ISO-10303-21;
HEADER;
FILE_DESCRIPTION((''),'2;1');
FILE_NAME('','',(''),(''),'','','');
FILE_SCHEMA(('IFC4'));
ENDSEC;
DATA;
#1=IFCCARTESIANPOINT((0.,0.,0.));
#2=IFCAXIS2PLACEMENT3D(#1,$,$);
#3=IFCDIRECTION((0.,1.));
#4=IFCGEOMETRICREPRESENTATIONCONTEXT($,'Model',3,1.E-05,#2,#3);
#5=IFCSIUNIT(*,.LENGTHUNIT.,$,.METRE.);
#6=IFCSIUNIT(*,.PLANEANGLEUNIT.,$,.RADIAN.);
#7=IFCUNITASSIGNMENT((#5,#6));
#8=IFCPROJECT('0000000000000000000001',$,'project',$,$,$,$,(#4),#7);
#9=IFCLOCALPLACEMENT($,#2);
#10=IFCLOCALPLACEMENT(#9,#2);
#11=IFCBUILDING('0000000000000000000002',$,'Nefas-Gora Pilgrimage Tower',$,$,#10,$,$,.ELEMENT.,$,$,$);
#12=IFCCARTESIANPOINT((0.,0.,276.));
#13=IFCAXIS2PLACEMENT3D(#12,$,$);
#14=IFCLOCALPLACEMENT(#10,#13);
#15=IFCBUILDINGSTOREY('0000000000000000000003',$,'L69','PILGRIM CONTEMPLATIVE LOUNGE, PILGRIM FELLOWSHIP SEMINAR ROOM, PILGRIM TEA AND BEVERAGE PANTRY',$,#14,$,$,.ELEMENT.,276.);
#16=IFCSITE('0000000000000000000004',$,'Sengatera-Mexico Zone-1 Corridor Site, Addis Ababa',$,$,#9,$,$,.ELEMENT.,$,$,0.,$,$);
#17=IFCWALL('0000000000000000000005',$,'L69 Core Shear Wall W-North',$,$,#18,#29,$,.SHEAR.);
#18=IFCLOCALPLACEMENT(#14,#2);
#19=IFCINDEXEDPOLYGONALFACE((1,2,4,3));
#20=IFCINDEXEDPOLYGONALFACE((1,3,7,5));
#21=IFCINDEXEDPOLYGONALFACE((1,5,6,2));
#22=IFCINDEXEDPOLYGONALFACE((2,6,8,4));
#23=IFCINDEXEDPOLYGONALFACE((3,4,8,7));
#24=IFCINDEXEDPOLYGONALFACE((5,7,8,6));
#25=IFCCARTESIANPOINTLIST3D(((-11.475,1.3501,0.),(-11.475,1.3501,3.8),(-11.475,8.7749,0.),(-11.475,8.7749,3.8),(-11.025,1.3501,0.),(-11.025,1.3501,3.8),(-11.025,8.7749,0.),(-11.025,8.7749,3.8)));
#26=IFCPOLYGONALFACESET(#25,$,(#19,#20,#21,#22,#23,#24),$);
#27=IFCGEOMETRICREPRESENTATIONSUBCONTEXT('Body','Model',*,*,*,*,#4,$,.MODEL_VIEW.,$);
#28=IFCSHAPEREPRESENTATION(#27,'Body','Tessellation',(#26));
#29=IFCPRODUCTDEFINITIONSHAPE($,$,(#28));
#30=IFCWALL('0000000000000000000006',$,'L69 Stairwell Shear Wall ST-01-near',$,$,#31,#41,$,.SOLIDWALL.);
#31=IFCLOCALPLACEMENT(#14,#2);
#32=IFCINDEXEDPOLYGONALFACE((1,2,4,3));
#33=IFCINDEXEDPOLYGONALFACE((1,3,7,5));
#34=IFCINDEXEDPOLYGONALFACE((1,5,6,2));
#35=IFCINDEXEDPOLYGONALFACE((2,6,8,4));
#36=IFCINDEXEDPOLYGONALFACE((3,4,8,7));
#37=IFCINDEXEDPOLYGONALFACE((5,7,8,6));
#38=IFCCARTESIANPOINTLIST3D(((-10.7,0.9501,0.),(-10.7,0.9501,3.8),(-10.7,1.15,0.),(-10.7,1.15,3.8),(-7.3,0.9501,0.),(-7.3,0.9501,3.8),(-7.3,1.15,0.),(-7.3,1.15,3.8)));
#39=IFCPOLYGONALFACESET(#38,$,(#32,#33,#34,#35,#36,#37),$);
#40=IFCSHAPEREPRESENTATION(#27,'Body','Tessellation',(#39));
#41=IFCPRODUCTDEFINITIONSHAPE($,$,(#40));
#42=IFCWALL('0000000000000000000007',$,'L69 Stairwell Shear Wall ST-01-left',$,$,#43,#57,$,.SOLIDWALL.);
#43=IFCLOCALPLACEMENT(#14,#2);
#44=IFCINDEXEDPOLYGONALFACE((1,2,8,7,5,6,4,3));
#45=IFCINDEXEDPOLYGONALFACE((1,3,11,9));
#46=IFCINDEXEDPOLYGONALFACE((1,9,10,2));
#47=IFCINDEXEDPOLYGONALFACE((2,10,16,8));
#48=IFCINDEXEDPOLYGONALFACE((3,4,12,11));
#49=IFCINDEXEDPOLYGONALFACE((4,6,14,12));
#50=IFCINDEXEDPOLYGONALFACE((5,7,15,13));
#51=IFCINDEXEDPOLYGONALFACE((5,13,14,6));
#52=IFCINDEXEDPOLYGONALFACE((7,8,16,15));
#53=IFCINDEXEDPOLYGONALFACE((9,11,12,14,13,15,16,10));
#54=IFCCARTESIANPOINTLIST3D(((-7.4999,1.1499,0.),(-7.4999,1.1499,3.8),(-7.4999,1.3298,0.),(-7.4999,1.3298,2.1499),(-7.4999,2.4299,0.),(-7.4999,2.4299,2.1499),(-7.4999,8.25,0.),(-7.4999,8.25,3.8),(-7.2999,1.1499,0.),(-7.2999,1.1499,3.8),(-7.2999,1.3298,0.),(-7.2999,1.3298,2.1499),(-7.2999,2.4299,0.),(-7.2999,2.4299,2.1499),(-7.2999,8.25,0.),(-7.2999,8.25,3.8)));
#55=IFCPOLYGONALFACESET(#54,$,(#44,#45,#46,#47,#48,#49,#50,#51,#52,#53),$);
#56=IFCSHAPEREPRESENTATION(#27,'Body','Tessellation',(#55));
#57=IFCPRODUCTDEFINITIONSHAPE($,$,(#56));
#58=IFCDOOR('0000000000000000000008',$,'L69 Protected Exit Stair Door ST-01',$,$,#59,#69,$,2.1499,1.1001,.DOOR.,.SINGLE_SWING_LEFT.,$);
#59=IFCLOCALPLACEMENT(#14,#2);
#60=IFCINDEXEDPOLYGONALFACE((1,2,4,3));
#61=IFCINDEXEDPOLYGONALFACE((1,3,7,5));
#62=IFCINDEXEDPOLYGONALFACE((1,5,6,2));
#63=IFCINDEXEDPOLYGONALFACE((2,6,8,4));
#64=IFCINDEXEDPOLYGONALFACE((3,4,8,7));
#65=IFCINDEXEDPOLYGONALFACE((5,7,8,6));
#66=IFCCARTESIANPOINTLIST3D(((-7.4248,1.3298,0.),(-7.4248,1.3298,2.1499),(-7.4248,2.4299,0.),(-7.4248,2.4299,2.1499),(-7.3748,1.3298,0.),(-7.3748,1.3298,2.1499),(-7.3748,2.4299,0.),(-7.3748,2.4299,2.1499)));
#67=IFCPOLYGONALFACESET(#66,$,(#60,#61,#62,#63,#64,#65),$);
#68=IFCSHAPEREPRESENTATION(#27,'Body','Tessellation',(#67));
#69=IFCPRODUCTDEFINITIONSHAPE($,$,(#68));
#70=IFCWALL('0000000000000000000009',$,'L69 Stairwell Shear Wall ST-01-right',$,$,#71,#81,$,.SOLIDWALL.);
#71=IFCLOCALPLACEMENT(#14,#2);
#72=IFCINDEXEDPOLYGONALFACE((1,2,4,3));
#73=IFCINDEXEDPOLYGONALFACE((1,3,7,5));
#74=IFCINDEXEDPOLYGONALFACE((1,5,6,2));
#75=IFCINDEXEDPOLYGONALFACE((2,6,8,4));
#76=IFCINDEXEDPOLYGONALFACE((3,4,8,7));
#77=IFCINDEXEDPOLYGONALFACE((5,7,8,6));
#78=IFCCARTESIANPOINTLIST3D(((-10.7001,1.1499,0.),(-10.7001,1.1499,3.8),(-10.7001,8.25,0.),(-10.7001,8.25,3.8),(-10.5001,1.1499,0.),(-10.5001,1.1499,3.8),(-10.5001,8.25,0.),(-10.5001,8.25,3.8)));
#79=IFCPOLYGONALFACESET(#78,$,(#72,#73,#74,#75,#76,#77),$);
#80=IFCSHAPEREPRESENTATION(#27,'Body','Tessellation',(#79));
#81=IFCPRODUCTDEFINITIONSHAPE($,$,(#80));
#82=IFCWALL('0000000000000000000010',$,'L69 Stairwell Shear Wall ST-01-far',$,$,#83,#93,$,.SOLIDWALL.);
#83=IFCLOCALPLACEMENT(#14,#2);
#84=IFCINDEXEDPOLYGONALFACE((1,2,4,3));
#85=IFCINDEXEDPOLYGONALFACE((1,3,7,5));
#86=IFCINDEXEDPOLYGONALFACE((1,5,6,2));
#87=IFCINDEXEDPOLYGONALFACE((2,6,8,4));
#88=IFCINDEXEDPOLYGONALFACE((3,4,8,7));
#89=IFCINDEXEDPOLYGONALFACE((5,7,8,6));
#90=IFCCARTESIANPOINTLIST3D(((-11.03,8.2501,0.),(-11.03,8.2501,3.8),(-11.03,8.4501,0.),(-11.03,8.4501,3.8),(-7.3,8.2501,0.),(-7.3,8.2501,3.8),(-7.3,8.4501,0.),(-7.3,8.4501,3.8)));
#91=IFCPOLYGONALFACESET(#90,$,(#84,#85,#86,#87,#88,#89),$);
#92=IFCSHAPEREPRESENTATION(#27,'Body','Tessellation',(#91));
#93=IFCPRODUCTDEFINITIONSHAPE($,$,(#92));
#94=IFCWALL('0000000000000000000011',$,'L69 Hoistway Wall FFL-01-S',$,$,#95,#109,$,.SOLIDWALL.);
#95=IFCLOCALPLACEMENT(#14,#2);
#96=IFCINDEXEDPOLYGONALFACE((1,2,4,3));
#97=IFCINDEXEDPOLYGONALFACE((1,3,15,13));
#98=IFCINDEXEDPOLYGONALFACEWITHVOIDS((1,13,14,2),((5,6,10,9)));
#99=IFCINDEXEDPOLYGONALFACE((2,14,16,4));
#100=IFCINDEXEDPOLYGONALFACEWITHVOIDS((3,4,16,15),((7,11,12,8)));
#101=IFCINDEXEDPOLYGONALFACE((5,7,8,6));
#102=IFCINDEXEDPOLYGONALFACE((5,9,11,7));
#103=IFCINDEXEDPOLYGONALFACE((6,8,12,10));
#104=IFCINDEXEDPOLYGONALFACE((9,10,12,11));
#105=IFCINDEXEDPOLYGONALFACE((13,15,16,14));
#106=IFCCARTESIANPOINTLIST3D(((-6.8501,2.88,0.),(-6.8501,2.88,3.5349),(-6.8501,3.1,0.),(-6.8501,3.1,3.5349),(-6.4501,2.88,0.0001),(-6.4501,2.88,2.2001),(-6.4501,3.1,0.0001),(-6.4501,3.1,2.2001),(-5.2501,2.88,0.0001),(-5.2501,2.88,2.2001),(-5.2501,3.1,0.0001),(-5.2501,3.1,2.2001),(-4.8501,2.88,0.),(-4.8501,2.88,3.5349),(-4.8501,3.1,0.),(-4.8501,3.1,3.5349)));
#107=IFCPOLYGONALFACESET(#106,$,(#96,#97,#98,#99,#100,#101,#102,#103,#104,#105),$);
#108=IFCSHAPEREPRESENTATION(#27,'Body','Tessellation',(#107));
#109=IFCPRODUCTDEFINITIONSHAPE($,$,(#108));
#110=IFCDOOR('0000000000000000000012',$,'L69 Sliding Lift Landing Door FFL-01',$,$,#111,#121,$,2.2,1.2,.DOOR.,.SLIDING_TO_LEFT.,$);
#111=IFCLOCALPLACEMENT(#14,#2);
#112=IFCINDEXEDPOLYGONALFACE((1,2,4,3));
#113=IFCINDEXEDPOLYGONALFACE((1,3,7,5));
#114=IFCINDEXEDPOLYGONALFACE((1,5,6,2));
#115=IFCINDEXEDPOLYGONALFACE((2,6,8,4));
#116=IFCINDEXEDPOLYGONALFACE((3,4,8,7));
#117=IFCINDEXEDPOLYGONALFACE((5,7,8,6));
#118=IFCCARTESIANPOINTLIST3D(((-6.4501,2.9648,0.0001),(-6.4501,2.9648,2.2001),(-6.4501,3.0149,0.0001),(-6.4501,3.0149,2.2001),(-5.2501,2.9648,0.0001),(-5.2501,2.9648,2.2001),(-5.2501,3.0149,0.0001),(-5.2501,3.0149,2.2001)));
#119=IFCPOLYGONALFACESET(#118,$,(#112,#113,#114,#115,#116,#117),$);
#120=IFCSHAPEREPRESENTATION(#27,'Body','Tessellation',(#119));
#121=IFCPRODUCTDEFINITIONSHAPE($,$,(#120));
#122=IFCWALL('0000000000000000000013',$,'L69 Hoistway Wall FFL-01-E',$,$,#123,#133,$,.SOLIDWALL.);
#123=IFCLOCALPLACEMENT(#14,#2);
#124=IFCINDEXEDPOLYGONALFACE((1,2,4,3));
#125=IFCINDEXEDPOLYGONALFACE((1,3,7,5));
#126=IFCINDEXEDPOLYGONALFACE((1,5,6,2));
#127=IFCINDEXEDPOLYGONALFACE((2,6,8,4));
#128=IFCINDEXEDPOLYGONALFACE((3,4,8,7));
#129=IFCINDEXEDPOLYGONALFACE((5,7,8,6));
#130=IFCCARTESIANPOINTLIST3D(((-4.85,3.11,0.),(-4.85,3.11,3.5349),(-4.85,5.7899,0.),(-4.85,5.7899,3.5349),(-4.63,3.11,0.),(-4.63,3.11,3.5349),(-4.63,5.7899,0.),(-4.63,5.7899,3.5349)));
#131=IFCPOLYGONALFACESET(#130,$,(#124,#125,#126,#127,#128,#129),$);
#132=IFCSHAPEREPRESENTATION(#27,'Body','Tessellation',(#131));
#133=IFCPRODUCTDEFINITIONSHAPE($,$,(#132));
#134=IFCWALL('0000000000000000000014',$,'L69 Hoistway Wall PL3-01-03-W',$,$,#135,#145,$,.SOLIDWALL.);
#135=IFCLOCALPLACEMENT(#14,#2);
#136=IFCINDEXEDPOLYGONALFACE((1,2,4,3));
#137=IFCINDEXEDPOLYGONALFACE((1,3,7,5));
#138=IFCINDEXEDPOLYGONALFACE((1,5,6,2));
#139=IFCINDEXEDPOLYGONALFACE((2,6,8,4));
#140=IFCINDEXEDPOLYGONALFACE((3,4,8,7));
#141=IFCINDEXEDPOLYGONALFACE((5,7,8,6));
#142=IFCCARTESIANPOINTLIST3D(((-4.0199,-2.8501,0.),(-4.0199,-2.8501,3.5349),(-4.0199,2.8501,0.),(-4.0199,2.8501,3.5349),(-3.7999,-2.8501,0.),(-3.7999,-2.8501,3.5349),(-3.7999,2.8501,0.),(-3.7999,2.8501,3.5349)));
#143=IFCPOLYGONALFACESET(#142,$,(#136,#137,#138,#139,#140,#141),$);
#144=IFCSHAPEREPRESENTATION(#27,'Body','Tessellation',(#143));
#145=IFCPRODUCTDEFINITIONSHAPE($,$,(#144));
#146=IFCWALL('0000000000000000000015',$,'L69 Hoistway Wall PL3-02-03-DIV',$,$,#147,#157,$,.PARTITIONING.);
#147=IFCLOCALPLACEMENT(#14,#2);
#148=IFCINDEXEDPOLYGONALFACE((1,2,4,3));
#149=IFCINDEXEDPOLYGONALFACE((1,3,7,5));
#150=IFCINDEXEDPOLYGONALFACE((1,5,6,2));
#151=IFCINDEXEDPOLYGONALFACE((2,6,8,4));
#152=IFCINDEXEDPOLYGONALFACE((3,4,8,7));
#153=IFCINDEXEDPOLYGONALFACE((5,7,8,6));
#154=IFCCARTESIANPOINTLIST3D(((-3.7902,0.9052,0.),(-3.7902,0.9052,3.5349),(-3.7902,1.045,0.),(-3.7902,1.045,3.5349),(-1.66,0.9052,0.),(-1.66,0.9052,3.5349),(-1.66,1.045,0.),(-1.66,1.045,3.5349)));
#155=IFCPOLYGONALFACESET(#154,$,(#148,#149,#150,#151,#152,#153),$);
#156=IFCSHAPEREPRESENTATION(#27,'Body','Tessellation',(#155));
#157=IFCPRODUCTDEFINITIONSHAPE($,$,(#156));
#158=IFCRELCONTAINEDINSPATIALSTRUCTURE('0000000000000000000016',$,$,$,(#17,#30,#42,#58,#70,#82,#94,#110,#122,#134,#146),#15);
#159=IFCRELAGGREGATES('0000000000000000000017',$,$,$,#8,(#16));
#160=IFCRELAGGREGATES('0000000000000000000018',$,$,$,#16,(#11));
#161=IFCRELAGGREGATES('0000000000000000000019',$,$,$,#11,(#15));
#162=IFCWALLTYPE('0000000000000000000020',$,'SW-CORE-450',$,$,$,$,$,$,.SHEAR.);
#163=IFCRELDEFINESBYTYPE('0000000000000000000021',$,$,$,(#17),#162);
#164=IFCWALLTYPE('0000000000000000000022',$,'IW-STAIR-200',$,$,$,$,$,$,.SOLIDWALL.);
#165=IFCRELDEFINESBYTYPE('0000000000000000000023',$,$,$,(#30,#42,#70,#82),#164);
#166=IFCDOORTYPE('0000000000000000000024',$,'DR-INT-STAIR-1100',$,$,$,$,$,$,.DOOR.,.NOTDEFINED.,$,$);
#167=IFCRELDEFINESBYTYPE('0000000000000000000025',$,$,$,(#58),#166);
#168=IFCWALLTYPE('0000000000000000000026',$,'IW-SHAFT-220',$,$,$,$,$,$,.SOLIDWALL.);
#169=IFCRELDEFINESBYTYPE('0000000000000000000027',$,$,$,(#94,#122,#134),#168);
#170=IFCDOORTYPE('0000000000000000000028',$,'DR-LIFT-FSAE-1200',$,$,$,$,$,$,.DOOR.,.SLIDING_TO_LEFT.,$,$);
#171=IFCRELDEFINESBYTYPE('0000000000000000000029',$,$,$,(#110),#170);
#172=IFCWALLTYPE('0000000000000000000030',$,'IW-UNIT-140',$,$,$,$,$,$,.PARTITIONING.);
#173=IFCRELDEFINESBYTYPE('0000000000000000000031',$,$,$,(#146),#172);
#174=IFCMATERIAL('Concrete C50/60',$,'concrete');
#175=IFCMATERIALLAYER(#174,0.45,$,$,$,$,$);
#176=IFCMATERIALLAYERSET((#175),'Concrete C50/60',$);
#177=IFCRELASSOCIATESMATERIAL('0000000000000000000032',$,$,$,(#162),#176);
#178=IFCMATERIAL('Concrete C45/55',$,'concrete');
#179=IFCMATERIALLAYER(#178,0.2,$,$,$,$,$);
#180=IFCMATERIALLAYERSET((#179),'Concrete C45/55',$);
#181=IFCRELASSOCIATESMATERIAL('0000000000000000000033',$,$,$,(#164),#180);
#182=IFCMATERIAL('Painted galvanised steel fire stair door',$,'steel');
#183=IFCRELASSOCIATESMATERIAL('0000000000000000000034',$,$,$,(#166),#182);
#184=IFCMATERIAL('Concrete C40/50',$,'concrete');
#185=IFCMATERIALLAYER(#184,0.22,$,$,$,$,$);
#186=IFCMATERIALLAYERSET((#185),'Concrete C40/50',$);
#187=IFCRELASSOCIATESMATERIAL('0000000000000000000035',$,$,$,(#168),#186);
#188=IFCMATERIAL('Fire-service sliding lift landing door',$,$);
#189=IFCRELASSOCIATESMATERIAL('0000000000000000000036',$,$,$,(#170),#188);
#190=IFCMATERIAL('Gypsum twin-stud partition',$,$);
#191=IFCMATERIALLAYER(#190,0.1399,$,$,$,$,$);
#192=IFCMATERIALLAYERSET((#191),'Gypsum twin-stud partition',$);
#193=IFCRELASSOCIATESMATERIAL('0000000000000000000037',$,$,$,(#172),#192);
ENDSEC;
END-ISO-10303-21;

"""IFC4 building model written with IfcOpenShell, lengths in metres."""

from ifc_helpers import new_model, si_unit, direction, frame, frame_2d, origin, place, context, subcontext, project, spatial, rectangle, extrude, source, transform, mapped, material, layer, layer_set, type_object, element, fill, save


model = new_model("IFC4")

# Units and contexts
model_context = context("Model", 3, precision=1e-05, world=origin(), true_north=direction((0.0, 1.0)))
body_context = subcontext(model_context, "Body", "Model", "MODEL_VIEW")
ifc_project = project(units=[si_unit("LENGTHUNIT", "METRE"), si_unit("PLANEANGLEUNIT", "RADIAN")], contexts=[model_context])

# Site, building, storey
site_placement = place(None, origin())
site = spatial("IfcSite", under=ifc_project, at=site_placement, Name="Sengatera-Mexico Zone-1 Corridor Site, Addis Ababa", CompositionType="ELEMENT", RefElevation=0.0)
building_placement = place(site_placement, origin())
building = spatial("IfcBuilding", under=site, at=building_placement, Name="Nefas-Gora Pilgrimage Tower", CompositionType="ELEMENT")
storey_placement = place(building_placement, frame((0.0, 0.0, 276.0)))
storey = spatial("IfcBuildingStorey", under=building, at=storey_placement, Name="L69", Description="PILGRIM CONTEMPLATIVE LOUNGE, PILGRIM FELLOWSHIP SEMINAR ROOM, PILGRIM TEA AND BEVERAGE PANTRY", CompositionType="ELEMENT", Elevation=276.0)

# Walls
ifc_material_1 = material(Name="Concrete C50/60", Category="concrete")
ifc_layer_1 = layer(ifc_material_1, 0.45)
ifc_layer_set_1 = layer_set([ifc_layer_1], Name="Concrete C50/60")
wall_type_1 = type_object("IfcWallType", Name="SW-CORE-450", PredefinedType="SHEAR", material=ifc_layer_set_1)
shared_shape_1 = source(origin(), body_context, "Body", "SweptSolid", [
    extrude(rectangle(XDim=7.4248, YDim=0.45, at=frame_2d((3.7124, 0.0))), origin(), (0.0, 0.0, 1.0), 3.8),
])
wall_1_placement = place(storey_placement, frame((-11.25, 1.3501, 0.0), z_axis=(0.0, 0.0, 1.0), x_axis=(0.0, 1.0, 0.0)))
element("IfcWall", 1, at=wall_1_placement, inside=storey, type_object=wall_type_1, Name="L69 Core Shear Wall W-North", PredefinedType="SHEAR", context=body_context, shape_type="MappedRepresentation", body=[
    mapped(shared_shape_1, transform((0.0, 0.0, 0.0), x_axis=(1.0, 0.0, 0.0), y_axis=(0.0, 1.0, 0.0), z_axis=(0.0, 0.0, 1.0), scale=1.0)),
])
ifc_material_2 = material(Name="Concrete C45/55", Category="concrete")
ifc_layer_2 = layer(ifc_material_2, 0.2)
ifc_layer_set_2 = layer_set([ifc_layer_2], Name="Concrete C45/55")
wall_type_2 = type_object("IfcWallType", Name="IW-STAIR-200", PredefinedType="SOLIDWALL", material=ifc_layer_set_2)
shared_shape_2 = source(origin(), body_context, "Body", "SweptSolid", [
    extrude(rectangle(XDim=3.3999, YDim=0.2, at=frame_2d((1.7, 0.0))), origin(), (0.0, 0.0, 1.0), 3.8),
])
wall_2_placement = place(storey_placement, frame((-7.3, 1.05, 0.0), z_axis=(0.0, 0.0, 1.0), x_axis=(-1.0, 0.0, 0.0)))
element("IfcWall", 2, at=wall_2_placement, inside=storey, type_object=wall_type_2, Name="L69 Stairwell Shear Wall ST-01-near", PredefinedType="SOLIDWALL", context=body_context, shape_type="MappedRepresentation", body=[
    mapped(shared_shape_2, transform((0.0, 0.0, 0.0), x_axis=(1.0, 0.0, 0.0), y_axis=(0.0, 1.0, 0.0), z_axis=(0.0, 0.0, 1.0), scale=1.0)),
])

# Wall, opening, door
shared_shape_3 = source(origin(), body_context, "Body", "SweptSolid", [
    extrude(rectangle(XDim=7.1001, YDim=0.2, at=frame_2d((3.55, 0.0))), origin(), (0.0, 0.0, 1.0), 3.8),
])
wall_3_placement = place(storey_placement, frame((-7.3999, 1.1499, 0.0), z_axis=(0.0, 0.0, 1.0), x_axis=(0.0, 1.0, 0.0)))
wall_3 = element("IfcWall", 3, at=wall_3_placement, inside=storey, type_object=wall_type_2, Name="L69 Stairwell Shear Wall ST-01-left", PredefinedType="SOLIDWALL", context=body_context, shape_type="MappedRepresentation", body=[
    mapped(shared_shape_3, transform((0.0, 0.0, 0.0), x_axis=(1.0, 0.0, 0.0), y_axis=(0.0, 1.0, 0.0), z_axis=(0.0, 0.0, 1.0), scale=1.0)),
])
opening_1_placement = place(wall_3_placement, frame((0.1799, 0.0, 0.0)))
opening_1 = element("IfcOpeningElement", 4, at=opening_1_placement, cuts=wall_3, PredefinedType="OPENING", context=body_context, shape_type="SweptSolid", body=[
    extrude(rectangle(XDim=1.1001, YDim=2.1499, at=frame_2d((0.55, 1.075))), frame((0.0, 0.1099, 0.0), z_axis=(0.0, -1.0, 0.0), x_axis=(1.0, 0.0, 0.0)), (0.0, 0.0, 1.0), 0.22),
])
ifc_material_3 = material(Name="Painted galvanised steel fire stair door", Category="steel")
door_type_1 = type_object("IfcDoorType", Name="DR-INT-STAIR-1100", OperationType="NOTDEFINED", PredefinedType="DOOR", material=ifc_material_3)
shared_shape_4 = source(origin(), body_context, "Body", "SweptSolid", [
    extrude(rectangle(XDim=1.1001, YDim=2.1499, at=frame_2d((0.55, 1.075))), frame((0.0, 0.0249, 0.0), z_axis=(0.0, -1.0, 0.0), x_axis=(1.0, 0.0, 0.0)), (0.0, 0.0, 1.0), 0.05),
])
door_1_placement = place(opening_1_placement, origin())
door_1 = element("IfcDoor", 5, at=door_1_placement, inside=storey, type_object=door_type_1, Name="L69 Protected Exit Stair Door ST-01", OperationType="SINGLE_SWING_LEFT", OverallHeight=2.1499, OverallWidth=1.1001, PredefinedType="DOOR", context=body_context, shape_type="MappedRepresentation", body=[
    mapped(shared_shape_4, transform((0.0, 0.0, 0.0), x_axis=(1.0, 0.0, 0.0), y_axis=(0.0, 1.0, 0.0), z_axis=(0.0, 0.0, 1.0), scale=1.0)),
])
fill(opening_1, door_1)

# Walls
wall_4_placement = place(storey_placement, frame((-10.6001, 1.1499, 0.0), z_axis=(0.0, 0.0, 1.0), x_axis=(0.0, 1.0, 0.0)))
element("IfcWall", 6, at=wall_4_placement, inside=storey, type_object=wall_type_2, Name="L69 Stairwell Shear Wall ST-01-right", PredefinedType="SOLIDWALL", context=body_context, shape_type="MappedRepresentation", body=[
    mapped(shared_shape_3, transform((0.0, 0.0, 0.0), x_axis=(1.0, 0.0, 0.0), y_axis=(0.0, 1.0, 0.0), z_axis=(0.0, 0.0, 1.0), scale=1.0)),
])
shared_shape_5 = source(origin(), body_context, "Body", "SweptSolid", [
    extrude(rectangle(XDim=3.73, YDim=0.2, at=frame_2d((1.865, 0.0))), origin(), (0.0, 0.0, 1.0), 3.8),
])
wall_5_placement = place(storey_placement, frame((-7.3, 8.3501, 0.0), z_axis=(0.0, 0.0, 1.0), x_axis=(-1.0, 0.0, 0.0)))
element("IfcWall", 7, at=wall_5_placement, inside=storey, type_object=wall_type_2, Name="L69 Stairwell Shear Wall ST-01-far", PredefinedType="SOLIDWALL", context=body_context, shape_type="MappedRepresentation", body=[
    mapped(shared_shape_5, transform((0.0, 0.0, 0.0), x_axis=(1.0, 0.0, 0.0), y_axis=(0.0, 1.0, 0.0), z_axis=(0.0, 0.0, 1.0), scale=1.0)),
])

# Wall, opening, door
ifc_material_4 = material(Name="Concrete C40/50", Category="concrete")
ifc_layer_3 = layer(ifc_material_4, 0.22)
ifc_layer_set_3 = layer_set([ifc_layer_3], Name="Concrete C40/50")
wall_type_3 = type_object("IfcWallType", Name="IW-SHAFT-220", PredefinedType="SOLIDWALL", material=ifc_layer_set_3)
shared_shape_6 = source(origin(), body_context, "Body", "SweptSolid", [
    extrude(rectangle(XDim=2.0, YDim=0.22, at=frame_2d((1.0, 0.0))), origin(), (0.0, 0.0, 1.0), 3.5349),
])
wall_6_placement = place(storey_placement, frame((-6.8501, 2.99, 0.0), z_axis=(0.0, 0.0, 1.0), x_axis=(1.0, 0.0, 0.0)))
wall_6 = element("IfcWall", 8, at=wall_6_placement, inside=storey, type_object=wall_type_3, Name="L69 Hoistway Wall FFL-01-S", PredefinedType="SOLIDWALL", context=body_context, shape_type="MappedRepresentation", body=[
    mapped(shared_shape_6, transform((0.0, 0.0, 0.0), x_axis=(1.0, 0.0, 0.0), y_axis=(0.0, 1.0, 0.0), z_axis=(0.0, 0.0, 1.0), scale=1.0)),
])
opening_2_placement = place(wall_6_placement, frame((0.3999, 0.0, 0.0)))
opening_2 = element("IfcOpeningElement", 9, at=opening_2_placement, cuts=wall_6, PredefinedType="OPENING", context=body_context, shape_type="SweptSolid", body=[
    extrude(rectangle(XDim=1.2, YDim=2.2, at=frame_2d((0.6001, 1.1001))), frame((0.0, 0.1199, 0.0), z_axis=(0.0, -1.0, 0.0), x_axis=(1.0, 0.0, 0.0)), (0.0, 0.0, 1.0), 0.24),
])
ifc_material_5 = material(Name="Fire-service sliding lift landing door")
door_type_2 = type_object("IfcDoorType", Name="DR-LIFT-FSAE-1200", OperationType="SLIDING_TO_LEFT", PredefinedType="DOOR", material=ifc_material_5)
shared_shape_7 = source(origin(), body_context, "Body", "SweptSolid", [
    extrude(rectangle(XDim=1.2, YDim=2.2, at=frame_2d((0.6001, 1.1001))), frame((0.0, 0.0249, 0.0), z_axis=(0.0, -1.0, 0.0), x_axis=(1.0, 0.0, 0.0)), (0.0, 0.0, 1.0), 0.05),
])
door_2_placement = place(opening_2_placement, origin())
door_2 = element("IfcDoor", 10, at=door_2_placement, inside=storey, type_object=door_type_2, Name="L69 Sliding Lift Landing Door FFL-01", OperationType="SLIDING_TO_LEFT", OverallHeight=2.2, OverallWidth=1.2, PredefinedType="DOOR", context=body_context, shape_type="MappedRepresentation", body=[
    mapped(shared_shape_7, transform((0.0, 0.0, 0.0), x_axis=(1.0, 0.0, 0.0), y_axis=(0.0, 1.0, 0.0), z_axis=(0.0, 0.0, 1.0), scale=1.0)),
])
fill(opening_2, door_2)

# Walls
shared_shape_8 = source(origin(), body_context, "Body", "SweptSolid", [
    extrude(rectangle(XDim=2.6799, YDim=0.22, at=frame_2d((1.3398, 0.0))), origin(), (0.0, 0.0, 1.0), 3.5349),
])
wall_7_placement = place(storey_placement, frame((-4.74, 3.1101, 0.0), z_axis=(0.0, 0.0, 1.0), x_axis=(0.0, 1.0, 0.0)))
element("IfcWall", 11, at=wall_7_placement, inside=storey, type_object=wall_type_3, Name="L69 Hoistway Wall FFL-01-E", PredefinedType="SOLIDWALL", context=body_context, shape_type="MappedRepresentation", body=[
    mapped(shared_shape_8, transform((0.0, 0.0, 0.0), x_axis=(1.0, 0.0, 0.0), y_axis=(0.0, 1.0, 0.0), z_axis=(0.0, 0.0, 1.0), scale=1.0)),
])
shared_shape_9 = source(origin(), body_context, "Body", "SweptSolid", [
    extrude(rectangle(XDim=5.7002, YDim=0.22, at=frame_2d((2.8501, 0.0))), origin(), (0.0, 0.0, 1.0), 3.5349),
])
wall_8_placement = place(storey_placement, frame((-3.9099, 2.8501, 0.0), z_axis=(0.0, 0.0, 1.0), x_axis=(0.0, -1.0, 0.0)))
element("IfcWall", 12, at=wall_8_placement, inside=storey, type_object=wall_type_3, Name="L69 Hoistway Wall PL3-01-03-W", PredefinedType="SOLIDWALL", context=body_context, shape_type="MappedRepresentation", body=[
    mapped(shared_shape_9, transform((0.0, 0.0, 0.0), x_axis=(1.0, 0.0, 0.0), y_axis=(0.0, 1.0, 0.0), z_axis=(0.0, 0.0, 1.0), scale=1.0)),
])
ifc_material_6 = material(Name="Gypsum twin-stud partition")
ifc_layer_4 = layer(ifc_material_6, 0.1399)
ifc_layer_set_4 = layer_set([ifc_layer_4], Name="Gypsum twin-stud partition")
wall_type_4 = type_object("IfcWallType", Name="IW-UNIT-140", PredefinedType="PARTITIONING", material=ifc_layer_set_4)
shared_shape_10 = source(origin(), body_context, "Body", "SweptSolid", [
    extrude(rectangle(XDim=2.1301, YDim=0.1399, at=frame_2d((1.0649, 0.0))), origin(), (0.0, 0.0, 1.0), 3.5349),
])
wall_9_placement = place(storey_placement, frame((-3.79, 0.9751, 0.0), z_axis=(0.0, 0.0, 1.0), x_axis=(1.0, 0.0, 0.0)))
element("IfcWall", 13, at=wall_9_placement, inside=storey, type_object=wall_type_4, Name="L69 Hoistway Wall PL3-02-03-DIV", PredefinedType="PARTITIONING", context=body_context, shape_type="MappedRepresentation", body=[
    mapped(shared_shape_10, transform((0.0, 0.0, 0.0), x_axis=(1.0, 0.0, 0.0), y_axis=(0.0, 1.0, 0.0), z_axis=(0.0, 0.0, 1.0), scale=1.0)),
])

save(model, "model.ifc")
